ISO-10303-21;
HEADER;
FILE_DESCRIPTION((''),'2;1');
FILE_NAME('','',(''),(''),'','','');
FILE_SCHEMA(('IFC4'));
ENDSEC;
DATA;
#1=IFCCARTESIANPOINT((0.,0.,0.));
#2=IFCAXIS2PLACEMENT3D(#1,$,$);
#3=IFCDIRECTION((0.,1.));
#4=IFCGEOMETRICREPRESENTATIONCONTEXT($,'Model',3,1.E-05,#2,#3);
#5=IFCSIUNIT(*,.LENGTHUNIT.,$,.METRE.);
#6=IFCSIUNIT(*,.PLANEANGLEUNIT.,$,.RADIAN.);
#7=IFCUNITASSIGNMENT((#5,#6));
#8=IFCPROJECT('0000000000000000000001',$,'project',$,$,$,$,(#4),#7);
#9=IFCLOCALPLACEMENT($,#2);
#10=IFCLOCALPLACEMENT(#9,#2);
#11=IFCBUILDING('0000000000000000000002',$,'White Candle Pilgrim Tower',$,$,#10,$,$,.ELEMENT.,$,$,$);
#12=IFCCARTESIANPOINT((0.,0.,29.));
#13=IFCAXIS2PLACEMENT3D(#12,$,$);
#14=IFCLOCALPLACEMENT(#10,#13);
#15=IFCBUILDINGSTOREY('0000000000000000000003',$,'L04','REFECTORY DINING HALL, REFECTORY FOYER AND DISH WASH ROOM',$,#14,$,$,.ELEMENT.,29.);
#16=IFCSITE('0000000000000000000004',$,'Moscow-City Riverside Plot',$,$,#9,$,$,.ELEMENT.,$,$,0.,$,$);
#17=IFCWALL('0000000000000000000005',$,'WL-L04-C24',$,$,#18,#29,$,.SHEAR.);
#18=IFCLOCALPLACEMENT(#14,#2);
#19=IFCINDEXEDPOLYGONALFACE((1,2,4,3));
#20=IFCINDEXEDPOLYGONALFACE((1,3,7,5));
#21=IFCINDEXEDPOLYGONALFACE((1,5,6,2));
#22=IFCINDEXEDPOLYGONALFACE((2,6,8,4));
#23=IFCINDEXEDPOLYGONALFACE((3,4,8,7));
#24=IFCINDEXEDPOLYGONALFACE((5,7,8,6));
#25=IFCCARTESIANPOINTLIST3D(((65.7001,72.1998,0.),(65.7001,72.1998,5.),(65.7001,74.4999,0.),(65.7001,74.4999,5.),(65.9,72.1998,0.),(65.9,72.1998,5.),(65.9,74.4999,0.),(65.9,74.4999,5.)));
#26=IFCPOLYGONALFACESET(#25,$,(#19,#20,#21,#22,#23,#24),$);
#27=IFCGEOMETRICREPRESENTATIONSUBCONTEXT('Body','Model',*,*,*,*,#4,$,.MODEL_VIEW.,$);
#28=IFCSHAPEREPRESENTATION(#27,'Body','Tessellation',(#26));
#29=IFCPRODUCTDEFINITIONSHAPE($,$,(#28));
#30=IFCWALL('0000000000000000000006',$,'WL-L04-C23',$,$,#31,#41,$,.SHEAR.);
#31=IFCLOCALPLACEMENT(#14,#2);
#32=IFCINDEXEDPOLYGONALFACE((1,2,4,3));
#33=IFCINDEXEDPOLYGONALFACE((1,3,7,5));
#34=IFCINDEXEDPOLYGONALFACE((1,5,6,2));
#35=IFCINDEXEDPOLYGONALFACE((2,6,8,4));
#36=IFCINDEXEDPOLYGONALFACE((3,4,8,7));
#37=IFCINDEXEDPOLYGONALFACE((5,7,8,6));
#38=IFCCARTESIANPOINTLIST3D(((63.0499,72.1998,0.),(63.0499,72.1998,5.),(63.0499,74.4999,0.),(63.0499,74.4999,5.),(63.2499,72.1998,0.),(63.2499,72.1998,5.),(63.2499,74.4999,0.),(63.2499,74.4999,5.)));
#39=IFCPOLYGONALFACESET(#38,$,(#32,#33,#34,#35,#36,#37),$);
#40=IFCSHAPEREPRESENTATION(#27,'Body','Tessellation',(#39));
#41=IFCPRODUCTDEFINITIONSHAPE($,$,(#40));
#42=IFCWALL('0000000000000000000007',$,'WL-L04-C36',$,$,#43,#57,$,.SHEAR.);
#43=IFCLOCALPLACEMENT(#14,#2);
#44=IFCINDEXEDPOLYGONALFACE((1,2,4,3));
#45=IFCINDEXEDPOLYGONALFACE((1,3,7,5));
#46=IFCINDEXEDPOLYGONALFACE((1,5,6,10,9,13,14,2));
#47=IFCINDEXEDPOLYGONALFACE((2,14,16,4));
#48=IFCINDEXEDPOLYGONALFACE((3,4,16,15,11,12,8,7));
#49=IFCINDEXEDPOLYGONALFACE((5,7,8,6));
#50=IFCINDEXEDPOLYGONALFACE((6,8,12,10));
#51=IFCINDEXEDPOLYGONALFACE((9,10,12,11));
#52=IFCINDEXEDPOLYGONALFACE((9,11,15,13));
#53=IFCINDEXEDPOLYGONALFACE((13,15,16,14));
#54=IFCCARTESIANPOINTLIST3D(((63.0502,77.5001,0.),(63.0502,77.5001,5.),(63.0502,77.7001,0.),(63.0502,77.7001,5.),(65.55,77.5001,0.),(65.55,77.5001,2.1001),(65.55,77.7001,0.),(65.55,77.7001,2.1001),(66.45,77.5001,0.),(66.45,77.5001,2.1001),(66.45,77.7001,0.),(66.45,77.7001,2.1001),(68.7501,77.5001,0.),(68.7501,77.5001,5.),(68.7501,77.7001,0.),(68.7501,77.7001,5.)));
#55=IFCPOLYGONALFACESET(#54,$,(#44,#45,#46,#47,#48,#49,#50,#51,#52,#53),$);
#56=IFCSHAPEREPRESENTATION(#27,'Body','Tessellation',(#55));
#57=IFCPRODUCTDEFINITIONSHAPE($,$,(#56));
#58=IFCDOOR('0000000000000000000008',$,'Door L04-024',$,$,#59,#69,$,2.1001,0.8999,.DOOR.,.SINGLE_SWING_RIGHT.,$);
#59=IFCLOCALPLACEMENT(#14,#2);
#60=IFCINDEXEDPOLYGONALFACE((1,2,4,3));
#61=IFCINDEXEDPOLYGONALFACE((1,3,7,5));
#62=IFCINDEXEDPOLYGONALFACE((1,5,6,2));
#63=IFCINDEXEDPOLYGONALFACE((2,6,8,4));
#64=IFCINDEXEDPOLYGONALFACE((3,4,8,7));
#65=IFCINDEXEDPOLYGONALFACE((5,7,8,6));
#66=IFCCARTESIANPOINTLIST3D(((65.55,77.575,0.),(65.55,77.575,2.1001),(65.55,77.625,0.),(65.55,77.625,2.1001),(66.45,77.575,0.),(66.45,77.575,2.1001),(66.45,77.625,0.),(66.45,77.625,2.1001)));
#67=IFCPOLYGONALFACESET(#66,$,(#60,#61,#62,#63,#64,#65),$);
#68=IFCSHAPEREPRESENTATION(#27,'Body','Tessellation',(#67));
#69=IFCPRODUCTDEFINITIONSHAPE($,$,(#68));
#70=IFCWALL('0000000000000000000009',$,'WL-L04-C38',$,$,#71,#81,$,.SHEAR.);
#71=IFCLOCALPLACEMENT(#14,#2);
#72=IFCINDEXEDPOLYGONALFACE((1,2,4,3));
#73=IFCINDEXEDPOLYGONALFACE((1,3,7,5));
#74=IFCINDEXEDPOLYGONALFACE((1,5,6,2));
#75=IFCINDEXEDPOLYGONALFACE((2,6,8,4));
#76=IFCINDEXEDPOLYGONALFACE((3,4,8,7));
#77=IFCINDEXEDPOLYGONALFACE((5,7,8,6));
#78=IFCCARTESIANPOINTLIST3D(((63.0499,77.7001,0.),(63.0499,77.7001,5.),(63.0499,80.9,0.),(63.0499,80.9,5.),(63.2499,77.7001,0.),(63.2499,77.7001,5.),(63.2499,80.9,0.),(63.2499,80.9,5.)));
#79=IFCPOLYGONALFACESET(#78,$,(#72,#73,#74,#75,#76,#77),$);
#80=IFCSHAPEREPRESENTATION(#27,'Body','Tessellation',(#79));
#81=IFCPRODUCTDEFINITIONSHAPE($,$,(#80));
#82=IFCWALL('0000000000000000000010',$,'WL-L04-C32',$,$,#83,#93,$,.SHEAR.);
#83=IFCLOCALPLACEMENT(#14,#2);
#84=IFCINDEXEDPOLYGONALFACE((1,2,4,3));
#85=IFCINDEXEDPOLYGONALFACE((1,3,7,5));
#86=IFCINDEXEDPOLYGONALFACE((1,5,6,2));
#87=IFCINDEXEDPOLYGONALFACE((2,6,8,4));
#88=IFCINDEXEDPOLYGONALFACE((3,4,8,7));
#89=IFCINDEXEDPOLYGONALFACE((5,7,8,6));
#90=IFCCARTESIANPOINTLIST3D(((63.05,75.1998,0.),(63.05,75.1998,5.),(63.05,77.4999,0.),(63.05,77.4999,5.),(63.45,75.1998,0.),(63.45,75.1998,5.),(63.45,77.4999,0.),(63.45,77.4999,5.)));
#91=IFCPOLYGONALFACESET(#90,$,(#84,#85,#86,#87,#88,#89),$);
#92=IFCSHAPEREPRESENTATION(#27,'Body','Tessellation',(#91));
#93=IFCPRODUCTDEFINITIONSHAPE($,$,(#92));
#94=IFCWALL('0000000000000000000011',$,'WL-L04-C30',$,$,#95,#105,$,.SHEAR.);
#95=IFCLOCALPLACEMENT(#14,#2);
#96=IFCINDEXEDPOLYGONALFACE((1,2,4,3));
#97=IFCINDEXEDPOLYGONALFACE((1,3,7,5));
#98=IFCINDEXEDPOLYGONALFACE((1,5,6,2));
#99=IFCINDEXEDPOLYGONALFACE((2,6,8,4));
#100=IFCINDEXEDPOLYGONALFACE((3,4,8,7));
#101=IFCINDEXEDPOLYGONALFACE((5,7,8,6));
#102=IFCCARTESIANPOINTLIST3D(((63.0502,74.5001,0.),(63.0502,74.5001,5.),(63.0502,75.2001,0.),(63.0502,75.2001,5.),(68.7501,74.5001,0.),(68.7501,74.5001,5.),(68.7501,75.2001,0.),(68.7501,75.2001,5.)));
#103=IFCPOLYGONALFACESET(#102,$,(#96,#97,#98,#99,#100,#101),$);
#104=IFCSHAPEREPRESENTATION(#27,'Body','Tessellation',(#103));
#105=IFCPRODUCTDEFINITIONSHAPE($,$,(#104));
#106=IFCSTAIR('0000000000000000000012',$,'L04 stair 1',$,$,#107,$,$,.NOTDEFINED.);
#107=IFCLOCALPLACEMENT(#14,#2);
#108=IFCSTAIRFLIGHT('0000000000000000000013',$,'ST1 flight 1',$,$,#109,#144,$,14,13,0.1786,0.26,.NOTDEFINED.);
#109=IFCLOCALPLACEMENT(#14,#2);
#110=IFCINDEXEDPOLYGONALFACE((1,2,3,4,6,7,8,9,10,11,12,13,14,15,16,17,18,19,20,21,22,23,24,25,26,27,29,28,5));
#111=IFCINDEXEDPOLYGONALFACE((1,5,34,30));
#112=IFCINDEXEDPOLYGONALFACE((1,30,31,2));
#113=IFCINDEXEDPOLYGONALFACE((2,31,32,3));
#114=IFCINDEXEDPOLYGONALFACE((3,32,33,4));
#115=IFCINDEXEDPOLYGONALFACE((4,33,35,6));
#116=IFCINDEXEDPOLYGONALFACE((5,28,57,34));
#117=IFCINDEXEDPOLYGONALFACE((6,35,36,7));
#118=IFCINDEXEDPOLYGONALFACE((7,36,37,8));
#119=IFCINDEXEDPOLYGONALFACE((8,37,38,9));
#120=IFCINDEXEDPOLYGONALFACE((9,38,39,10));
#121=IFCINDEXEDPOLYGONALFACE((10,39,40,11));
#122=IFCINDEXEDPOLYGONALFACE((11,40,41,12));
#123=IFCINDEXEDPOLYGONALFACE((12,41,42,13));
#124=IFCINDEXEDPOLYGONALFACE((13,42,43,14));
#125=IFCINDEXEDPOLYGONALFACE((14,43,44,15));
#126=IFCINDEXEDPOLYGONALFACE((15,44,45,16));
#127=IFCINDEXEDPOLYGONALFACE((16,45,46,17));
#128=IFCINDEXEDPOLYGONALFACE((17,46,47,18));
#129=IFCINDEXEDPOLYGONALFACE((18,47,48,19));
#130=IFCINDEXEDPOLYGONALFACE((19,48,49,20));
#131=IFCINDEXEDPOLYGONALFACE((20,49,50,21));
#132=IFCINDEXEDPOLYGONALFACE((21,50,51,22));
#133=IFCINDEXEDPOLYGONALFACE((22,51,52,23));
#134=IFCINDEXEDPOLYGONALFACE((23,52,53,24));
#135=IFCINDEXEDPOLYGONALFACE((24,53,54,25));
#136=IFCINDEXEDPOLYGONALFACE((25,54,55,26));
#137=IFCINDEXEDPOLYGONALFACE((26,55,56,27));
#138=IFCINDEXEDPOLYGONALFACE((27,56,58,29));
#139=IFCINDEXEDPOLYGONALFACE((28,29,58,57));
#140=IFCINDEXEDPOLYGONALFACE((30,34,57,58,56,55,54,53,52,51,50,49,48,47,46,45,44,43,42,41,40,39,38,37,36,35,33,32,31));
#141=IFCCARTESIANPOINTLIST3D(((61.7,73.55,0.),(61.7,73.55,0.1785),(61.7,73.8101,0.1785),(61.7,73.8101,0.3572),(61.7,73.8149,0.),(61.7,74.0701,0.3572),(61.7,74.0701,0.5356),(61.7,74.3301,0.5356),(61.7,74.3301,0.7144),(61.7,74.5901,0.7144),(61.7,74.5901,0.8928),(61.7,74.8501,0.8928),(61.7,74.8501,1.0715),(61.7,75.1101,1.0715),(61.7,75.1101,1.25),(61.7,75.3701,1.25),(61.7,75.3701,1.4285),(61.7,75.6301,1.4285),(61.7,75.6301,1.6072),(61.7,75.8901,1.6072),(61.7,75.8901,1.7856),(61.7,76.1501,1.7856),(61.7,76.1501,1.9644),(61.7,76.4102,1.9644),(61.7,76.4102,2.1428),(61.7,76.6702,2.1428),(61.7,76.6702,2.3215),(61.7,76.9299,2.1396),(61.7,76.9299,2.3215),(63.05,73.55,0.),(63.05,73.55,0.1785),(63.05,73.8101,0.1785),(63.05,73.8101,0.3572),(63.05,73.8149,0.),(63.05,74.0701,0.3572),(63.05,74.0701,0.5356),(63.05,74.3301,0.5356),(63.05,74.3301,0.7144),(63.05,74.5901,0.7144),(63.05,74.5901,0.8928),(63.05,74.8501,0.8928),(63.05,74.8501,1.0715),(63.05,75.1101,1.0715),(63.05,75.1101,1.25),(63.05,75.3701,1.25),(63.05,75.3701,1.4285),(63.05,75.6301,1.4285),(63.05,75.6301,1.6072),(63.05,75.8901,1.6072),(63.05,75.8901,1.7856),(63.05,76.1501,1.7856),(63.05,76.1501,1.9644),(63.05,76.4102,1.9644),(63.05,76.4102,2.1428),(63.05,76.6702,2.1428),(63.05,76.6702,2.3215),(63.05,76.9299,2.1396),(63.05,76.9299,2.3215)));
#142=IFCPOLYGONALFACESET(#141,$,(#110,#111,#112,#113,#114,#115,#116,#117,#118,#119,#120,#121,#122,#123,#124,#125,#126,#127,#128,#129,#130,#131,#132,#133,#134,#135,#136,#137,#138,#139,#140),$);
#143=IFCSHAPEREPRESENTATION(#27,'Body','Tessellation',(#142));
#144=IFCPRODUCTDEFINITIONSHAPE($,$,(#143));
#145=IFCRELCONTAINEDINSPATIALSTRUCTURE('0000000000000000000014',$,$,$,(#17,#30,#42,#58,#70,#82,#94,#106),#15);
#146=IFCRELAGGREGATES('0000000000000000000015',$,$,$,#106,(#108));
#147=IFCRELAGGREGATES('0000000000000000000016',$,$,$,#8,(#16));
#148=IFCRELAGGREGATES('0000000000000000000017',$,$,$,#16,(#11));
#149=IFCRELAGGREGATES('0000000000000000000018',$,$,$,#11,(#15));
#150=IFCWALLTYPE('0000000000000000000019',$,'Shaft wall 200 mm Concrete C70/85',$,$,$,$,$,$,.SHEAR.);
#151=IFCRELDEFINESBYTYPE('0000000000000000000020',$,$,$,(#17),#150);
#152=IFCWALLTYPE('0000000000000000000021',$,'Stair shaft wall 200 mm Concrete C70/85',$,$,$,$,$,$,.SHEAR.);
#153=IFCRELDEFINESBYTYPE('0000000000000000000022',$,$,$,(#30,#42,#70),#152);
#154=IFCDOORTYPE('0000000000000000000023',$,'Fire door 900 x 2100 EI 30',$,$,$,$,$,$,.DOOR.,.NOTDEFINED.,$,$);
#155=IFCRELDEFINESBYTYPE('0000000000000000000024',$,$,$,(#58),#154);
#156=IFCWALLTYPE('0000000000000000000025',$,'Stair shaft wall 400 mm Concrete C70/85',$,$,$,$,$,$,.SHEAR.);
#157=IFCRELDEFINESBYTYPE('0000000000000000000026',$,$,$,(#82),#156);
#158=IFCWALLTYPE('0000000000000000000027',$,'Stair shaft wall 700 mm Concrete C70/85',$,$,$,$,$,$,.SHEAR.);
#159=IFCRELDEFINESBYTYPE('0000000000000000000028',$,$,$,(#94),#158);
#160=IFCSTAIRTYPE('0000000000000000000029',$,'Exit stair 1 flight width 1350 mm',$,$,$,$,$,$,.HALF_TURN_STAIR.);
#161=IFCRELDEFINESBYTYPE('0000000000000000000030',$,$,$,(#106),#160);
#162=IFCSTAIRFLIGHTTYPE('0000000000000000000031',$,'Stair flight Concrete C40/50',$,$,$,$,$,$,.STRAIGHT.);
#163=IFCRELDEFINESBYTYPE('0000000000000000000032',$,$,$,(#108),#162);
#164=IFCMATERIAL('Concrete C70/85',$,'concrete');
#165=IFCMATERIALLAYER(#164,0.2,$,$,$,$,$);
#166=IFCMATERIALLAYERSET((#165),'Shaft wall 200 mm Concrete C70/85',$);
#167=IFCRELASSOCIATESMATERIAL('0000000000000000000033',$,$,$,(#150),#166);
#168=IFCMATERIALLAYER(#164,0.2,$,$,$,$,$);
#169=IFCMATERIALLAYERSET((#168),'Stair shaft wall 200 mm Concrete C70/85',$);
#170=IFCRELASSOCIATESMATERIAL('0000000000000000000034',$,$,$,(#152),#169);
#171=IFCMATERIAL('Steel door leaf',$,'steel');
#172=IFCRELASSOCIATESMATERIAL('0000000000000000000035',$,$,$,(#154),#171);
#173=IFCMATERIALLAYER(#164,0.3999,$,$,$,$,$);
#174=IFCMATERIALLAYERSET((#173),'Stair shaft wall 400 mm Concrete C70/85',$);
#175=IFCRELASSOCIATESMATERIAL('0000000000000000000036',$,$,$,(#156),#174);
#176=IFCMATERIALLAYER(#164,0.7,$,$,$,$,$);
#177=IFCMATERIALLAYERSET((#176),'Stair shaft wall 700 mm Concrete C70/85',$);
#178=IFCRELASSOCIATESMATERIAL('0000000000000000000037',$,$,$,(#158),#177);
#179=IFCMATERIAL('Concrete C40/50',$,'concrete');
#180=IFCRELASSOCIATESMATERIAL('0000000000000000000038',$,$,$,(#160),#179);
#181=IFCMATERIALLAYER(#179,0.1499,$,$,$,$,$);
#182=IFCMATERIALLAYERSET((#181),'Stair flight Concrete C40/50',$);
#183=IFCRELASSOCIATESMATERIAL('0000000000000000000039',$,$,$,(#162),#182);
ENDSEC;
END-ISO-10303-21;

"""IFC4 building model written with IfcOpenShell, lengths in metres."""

from ifc_helpers import new_model, si_unit, direction, frame, frame_2d, origin, place, context, subcontext, project, spatial, polyline, rectangle, outline, extrude, material, layer, layer_set, type_object, element, fill, aggregate, save


model = new_model("IFC4")

# Units and contexts
model_context = context("Model", 3, precision=1e-05, world=origin(), true_north=direction((0.0, 1.0)))
body_context = subcontext(model_context, "Body", "Model", "MODEL_VIEW")
ifc_project = project(units=[si_unit("LENGTHUNIT", "METRE"), si_unit("PLANEANGLEUNIT", "RADIAN")], contexts=[model_context])

# Site, building, storey
site_placement = place(None, origin())
site = spatial("IfcSite", under=ifc_project, at=site_placement, Name="Moscow-City Riverside Plot", CompositionType="ELEMENT", RefElevation=0.0)
building_placement = place(site_placement, origin())
building = spatial("IfcBuilding", under=site, at=building_placement, Name="White Candle Pilgrim Tower", CompositionType="ELEMENT")
storey_placement = place(building_placement, frame((0.0, 0.0, 29.0)))
storey = spatial("IfcBuildingStorey", under=building, at=storey_placement, Name="L04", Description="REFECTORY DINING HALL, REFECTORY FOYER AND DISH WASH ROOM", CompositionType="ELEMENT", Elevation=29.0)

# Walls
ifc_material_1 = material(Name="Concrete C70/85", Category="concrete")
ifc_layer_1 = layer(ifc_material_1, 0.2)
ifc_layer_set_1 = layer_set([ifc_layer_1], Name="Shaft wall 200 mm Concrete C70/85")
wall_type_1 = type_object("IfcWallType", Name="Shaft wall 200 mm Concrete C70/85", PredefinedType="SHEAR", material=ifc_layer_set_1)
wall_1_placement = place(storey_placement, frame((65.8, 72.2, 0.0), z_axis=(0.0, 0.0, 1.0), x_axis=(0.0, 1.0, 0.0)))
element("IfcWall", 1, at=wall_1_placement, inside=storey, type_object=wall_type_1, Name="WL-L04-C24", PredefinedType="SHEAR", context=body_context, shape_type="SweptSolid", body=[
    extrude(rectangle(XDim=2.3, YDim=0.2, at=frame_2d((1.1499, 0.0))), origin(), (0.0, 0.0, 1.0), 5.0),
])
ifc_layer_2 = layer(ifc_material_1, 0.2)
ifc_layer_set_2 = layer_set([ifc_layer_2], Name="Stair shaft wall 200 mm Concrete C70/85")
wall_type_2 = type_object("IfcWallType", Name="Stair shaft wall 200 mm Concrete C70/85", PredefinedType="SHEAR", material=ifc_layer_set_2)
wall_2_placement = place(storey_placement, frame((63.1499, 72.2, 0.0), z_axis=(0.0, 0.0, 1.0), x_axis=(0.0, 1.0, 0.0)))
element("IfcWall", 2, at=wall_2_placement, inside=storey, type_object=wall_type_2, Name="WL-L04-C23", PredefinedType="SHEAR", context=body_context, shape_type="SweptSolid", body=[
    extrude(rectangle(XDim=2.3, YDim=0.2, at=frame_2d((1.1499, 0.0))), origin(), (0.0, 0.0, 1.0), 5.0),
])

# Wall, opening, door
wall_3_placement = place(storey_placement, frame((63.05, 77.6001, 0.0), z_axis=(0.0, 0.0, 1.0), x_axis=(1.0, 0.0, 0.0)))
wall_3 = element("IfcWall", 3, at=wall_3_placement, inside=storey, type_object=wall_type_2, Name="WL-L04-C36", PredefinedType="SHEAR", context=body_context, shape_type="SweptSolid", body=[
    extrude(rectangle(XDim=5.7, YDim=0.2, at=frame_2d((2.8501, 0.0))), origin(), (0.0, 0.0, 1.0), 5.0),
])
opening_placement = place(wall_3_placement, frame((2.5, 0.0, 0.0)))
opening = element("IfcOpeningElement", 4, at=opening_placement, cuts=wall_3, PredefinedType="OPENING", context=body_context, shape_type="SweptSolid", body=[
    extrude(rectangle(XDim=0.8999, YDim=2.1001, at=frame_2d((0.45, 1.05))), frame((0.0, 0.1099, 0.0), z_axis=(0.0, -1.0, 0.0), x_axis=(1.0, 0.0, 0.0)), (0.0, 0.0, 1.0), 0.22),
])
ifc_material_2 = material(Name="Steel door leaf", Category="steel")
door_type = type_object("IfcDoorType", Name="Fire door 900 x 2100 EI 30", OperationType="NOTDEFINED", PredefinedType="DOOR", material=ifc_material_2)
door_placement = place(opening_placement, origin())
door = element("IfcDoor", 5, at=door_placement, inside=storey, type_object=door_type, Name="Door L04-024", OperationType="SINGLE_SWING_RIGHT", OverallHeight=2.1001, OverallWidth=0.8999, PredefinedType="DOOR", context=body_context, shape_type="SweptSolid", body=[
    extrude(rectangle(XDim=0.8999, YDim=2.1001, at=frame_2d((0.45, 1.05))), frame((0.0, 0.0249, 0.0), z_axis=(0.0, -1.0, 0.0), x_axis=(1.0, 0.0, 0.0)), (0.0, 0.0, 1.0), 0.05),
])
fill(opening, door)

# Walls
wall_4_placement = place(storey_placement, frame((63.1499, 77.7, 0.0), z_axis=(0.0, 0.0, 1.0), x_axis=(0.0, 1.0, 0.0)))
element("IfcWall", 6, at=wall_4_placement, inside=storey, type_object=wall_type_2, Name="WL-L04-C38", PredefinedType="SHEAR", context=body_context, shape_type="SweptSolid", body=[
    extrude(rectangle(XDim=3.2, YDim=0.2, at=frame_2d((1.6001, 0.0))), origin(), (0.0, 0.0, 1.0), 5.0),
])
ifc_layer_3 = layer(ifc_material_1, 0.3999)
ifc_layer_set_3 = layer_set([ifc_layer_3], Name="Stair shaft wall 400 mm Concrete C70/85")
wall_type_3 = type_object("IfcWallType", Name="Stair shaft wall 400 mm Concrete C70/85", PredefinedType="SHEAR", material=ifc_layer_set_3)
wall_5_placement = place(storey_placement, frame((63.25, 75.2, 0.0), z_axis=(0.0, 0.0, 1.0), x_axis=(0.0, 1.0, 0.0)))
element("IfcWall", 7, at=wall_5_placement, inside=storey, type_object=wall_type_3, Name="WL-L04-C32", PredefinedType="SHEAR", context=body_context, shape_type="SweptSolid", body=[
    extrude(rectangle(XDim=2.3, YDim=0.3999, at=frame_2d((1.1499, 0.0))), origin(), (0.0, 0.0, 1.0), 5.0),
])
ifc_layer_4 = layer(ifc_material_1, 0.7)
ifc_layer_set_4 = layer_set([ifc_layer_4], Name="Stair shaft wall 700 mm Concrete C70/85")
wall_type_4 = type_object("IfcWallType", Name="Stair shaft wall 700 mm Concrete C70/85", PredefinedType="SHEAR", material=ifc_layer_set_4)
wall_6_placement = place(storey_placement, frame((63.05, 74.8501, 0.0), z_axis=(0.0, 0.0, 1.0), x_axis=(1.0, 0.0, 0.0)))
element("IfcWall", 8, at=wall_6_placement, inside=storey, type_object=wall_type_4, Name="WL-L04-C30", PredefinedType="SHEAR", context=body_context, shape_type="SweptSolid", body=[
    extrude(rectangle(XDim=5.7, YDim=0.7, at=frame_2d((2.8501, 0.0))), origin(), (0.0, 0.0, 1.0), 5.0),
])

# Stair, stair flight
ifc_material_3 = material(Name="Concrete C40/50", Category="concrete")
stair_type = type_object("IfcStairType", Name="Exit stair 1 flight width 1350 mm", PredefinedType="HALF_TURN_STAIR", material=ifc_material_3)
stair_placement = place(storey_placement, origin())
stair = element("IfcStair", 9, at=stair_placement, inside=storey, type_object=stair_type, Name="L04 stair 1", PredefinedType="NOTDEFINED")
ifc_layer_5 = layer(ifc_material_3, 0.1499)
ifc_layer_set_5 = layer_set([ifc_layer_5], Name="Stair flight Concrete C40/50")
stair_flight_type = type_object("IfcStairFlightType", Name="Stair flight Concrete C40/50", PredefinedType="STRAIGHT", material=ifc_layer_set_5)
stair_flight_1_placement = place(storey_placement, frame((62.375, 73.55, 0.0), z_axis=(0.0, 0.0, 1.0), x_axis=(0.0, 1.0, 0.0)))
stair_flight_1 = element("IfcStairFlight", 10, at=stair_flight_1_placement, type_object=stair_flight_type, Name="ST1 flight 1", NumberOfRisers=14, NumberOfTreads=13, PredefinedType="NOTDEFINED", RiserHeight=0.1786, TreadLength=0.26, context=body_context, shape_type="SweptSolid", body=[
    extrude(outline(polyline([(0.0, 0.0), (0.0, 0.1785), (0.26, 0.1785), (0.26, 0.3572), (0.52, 0.3572), (0.52, 0.5356), (0.78, 0.5356), (0.78, 0.7144), (1.04, 0.7144), (1.04, 0.8928), (1.3, 0.8928), (1.3, 1.0715), (1.5601, 1.0715), (1.5601, 1.25), (1.8201, 1.25), (1.8201, 1.4285), (2.0801, 1.4285), (2.0801, 1.6072), (2.3401, 1.6072), (2.3401, 1.7856), (2.6001, 1.7856), (2.6001, 1.9644), (2.8601, 1.9644), (2.8601, 2.1428), (3.1201, 2.1428), (3.1201, 2.3215), (3.3799, 2.3215), (3.3799, 2.5), (3.3799, 2.1396), (0.2649, 0.0), (0.0, 0.0)])), frame((0.0, 0.675, 0.0), z_axis=(0.0, -1.0, 0.0), x_axis=(1.0, 0.0, 0.0)), (0.0, 0.0, 1.0), 1.3501),
])
aggregate(stair, [stair_flight_1])

save(model, "model.ifc")
